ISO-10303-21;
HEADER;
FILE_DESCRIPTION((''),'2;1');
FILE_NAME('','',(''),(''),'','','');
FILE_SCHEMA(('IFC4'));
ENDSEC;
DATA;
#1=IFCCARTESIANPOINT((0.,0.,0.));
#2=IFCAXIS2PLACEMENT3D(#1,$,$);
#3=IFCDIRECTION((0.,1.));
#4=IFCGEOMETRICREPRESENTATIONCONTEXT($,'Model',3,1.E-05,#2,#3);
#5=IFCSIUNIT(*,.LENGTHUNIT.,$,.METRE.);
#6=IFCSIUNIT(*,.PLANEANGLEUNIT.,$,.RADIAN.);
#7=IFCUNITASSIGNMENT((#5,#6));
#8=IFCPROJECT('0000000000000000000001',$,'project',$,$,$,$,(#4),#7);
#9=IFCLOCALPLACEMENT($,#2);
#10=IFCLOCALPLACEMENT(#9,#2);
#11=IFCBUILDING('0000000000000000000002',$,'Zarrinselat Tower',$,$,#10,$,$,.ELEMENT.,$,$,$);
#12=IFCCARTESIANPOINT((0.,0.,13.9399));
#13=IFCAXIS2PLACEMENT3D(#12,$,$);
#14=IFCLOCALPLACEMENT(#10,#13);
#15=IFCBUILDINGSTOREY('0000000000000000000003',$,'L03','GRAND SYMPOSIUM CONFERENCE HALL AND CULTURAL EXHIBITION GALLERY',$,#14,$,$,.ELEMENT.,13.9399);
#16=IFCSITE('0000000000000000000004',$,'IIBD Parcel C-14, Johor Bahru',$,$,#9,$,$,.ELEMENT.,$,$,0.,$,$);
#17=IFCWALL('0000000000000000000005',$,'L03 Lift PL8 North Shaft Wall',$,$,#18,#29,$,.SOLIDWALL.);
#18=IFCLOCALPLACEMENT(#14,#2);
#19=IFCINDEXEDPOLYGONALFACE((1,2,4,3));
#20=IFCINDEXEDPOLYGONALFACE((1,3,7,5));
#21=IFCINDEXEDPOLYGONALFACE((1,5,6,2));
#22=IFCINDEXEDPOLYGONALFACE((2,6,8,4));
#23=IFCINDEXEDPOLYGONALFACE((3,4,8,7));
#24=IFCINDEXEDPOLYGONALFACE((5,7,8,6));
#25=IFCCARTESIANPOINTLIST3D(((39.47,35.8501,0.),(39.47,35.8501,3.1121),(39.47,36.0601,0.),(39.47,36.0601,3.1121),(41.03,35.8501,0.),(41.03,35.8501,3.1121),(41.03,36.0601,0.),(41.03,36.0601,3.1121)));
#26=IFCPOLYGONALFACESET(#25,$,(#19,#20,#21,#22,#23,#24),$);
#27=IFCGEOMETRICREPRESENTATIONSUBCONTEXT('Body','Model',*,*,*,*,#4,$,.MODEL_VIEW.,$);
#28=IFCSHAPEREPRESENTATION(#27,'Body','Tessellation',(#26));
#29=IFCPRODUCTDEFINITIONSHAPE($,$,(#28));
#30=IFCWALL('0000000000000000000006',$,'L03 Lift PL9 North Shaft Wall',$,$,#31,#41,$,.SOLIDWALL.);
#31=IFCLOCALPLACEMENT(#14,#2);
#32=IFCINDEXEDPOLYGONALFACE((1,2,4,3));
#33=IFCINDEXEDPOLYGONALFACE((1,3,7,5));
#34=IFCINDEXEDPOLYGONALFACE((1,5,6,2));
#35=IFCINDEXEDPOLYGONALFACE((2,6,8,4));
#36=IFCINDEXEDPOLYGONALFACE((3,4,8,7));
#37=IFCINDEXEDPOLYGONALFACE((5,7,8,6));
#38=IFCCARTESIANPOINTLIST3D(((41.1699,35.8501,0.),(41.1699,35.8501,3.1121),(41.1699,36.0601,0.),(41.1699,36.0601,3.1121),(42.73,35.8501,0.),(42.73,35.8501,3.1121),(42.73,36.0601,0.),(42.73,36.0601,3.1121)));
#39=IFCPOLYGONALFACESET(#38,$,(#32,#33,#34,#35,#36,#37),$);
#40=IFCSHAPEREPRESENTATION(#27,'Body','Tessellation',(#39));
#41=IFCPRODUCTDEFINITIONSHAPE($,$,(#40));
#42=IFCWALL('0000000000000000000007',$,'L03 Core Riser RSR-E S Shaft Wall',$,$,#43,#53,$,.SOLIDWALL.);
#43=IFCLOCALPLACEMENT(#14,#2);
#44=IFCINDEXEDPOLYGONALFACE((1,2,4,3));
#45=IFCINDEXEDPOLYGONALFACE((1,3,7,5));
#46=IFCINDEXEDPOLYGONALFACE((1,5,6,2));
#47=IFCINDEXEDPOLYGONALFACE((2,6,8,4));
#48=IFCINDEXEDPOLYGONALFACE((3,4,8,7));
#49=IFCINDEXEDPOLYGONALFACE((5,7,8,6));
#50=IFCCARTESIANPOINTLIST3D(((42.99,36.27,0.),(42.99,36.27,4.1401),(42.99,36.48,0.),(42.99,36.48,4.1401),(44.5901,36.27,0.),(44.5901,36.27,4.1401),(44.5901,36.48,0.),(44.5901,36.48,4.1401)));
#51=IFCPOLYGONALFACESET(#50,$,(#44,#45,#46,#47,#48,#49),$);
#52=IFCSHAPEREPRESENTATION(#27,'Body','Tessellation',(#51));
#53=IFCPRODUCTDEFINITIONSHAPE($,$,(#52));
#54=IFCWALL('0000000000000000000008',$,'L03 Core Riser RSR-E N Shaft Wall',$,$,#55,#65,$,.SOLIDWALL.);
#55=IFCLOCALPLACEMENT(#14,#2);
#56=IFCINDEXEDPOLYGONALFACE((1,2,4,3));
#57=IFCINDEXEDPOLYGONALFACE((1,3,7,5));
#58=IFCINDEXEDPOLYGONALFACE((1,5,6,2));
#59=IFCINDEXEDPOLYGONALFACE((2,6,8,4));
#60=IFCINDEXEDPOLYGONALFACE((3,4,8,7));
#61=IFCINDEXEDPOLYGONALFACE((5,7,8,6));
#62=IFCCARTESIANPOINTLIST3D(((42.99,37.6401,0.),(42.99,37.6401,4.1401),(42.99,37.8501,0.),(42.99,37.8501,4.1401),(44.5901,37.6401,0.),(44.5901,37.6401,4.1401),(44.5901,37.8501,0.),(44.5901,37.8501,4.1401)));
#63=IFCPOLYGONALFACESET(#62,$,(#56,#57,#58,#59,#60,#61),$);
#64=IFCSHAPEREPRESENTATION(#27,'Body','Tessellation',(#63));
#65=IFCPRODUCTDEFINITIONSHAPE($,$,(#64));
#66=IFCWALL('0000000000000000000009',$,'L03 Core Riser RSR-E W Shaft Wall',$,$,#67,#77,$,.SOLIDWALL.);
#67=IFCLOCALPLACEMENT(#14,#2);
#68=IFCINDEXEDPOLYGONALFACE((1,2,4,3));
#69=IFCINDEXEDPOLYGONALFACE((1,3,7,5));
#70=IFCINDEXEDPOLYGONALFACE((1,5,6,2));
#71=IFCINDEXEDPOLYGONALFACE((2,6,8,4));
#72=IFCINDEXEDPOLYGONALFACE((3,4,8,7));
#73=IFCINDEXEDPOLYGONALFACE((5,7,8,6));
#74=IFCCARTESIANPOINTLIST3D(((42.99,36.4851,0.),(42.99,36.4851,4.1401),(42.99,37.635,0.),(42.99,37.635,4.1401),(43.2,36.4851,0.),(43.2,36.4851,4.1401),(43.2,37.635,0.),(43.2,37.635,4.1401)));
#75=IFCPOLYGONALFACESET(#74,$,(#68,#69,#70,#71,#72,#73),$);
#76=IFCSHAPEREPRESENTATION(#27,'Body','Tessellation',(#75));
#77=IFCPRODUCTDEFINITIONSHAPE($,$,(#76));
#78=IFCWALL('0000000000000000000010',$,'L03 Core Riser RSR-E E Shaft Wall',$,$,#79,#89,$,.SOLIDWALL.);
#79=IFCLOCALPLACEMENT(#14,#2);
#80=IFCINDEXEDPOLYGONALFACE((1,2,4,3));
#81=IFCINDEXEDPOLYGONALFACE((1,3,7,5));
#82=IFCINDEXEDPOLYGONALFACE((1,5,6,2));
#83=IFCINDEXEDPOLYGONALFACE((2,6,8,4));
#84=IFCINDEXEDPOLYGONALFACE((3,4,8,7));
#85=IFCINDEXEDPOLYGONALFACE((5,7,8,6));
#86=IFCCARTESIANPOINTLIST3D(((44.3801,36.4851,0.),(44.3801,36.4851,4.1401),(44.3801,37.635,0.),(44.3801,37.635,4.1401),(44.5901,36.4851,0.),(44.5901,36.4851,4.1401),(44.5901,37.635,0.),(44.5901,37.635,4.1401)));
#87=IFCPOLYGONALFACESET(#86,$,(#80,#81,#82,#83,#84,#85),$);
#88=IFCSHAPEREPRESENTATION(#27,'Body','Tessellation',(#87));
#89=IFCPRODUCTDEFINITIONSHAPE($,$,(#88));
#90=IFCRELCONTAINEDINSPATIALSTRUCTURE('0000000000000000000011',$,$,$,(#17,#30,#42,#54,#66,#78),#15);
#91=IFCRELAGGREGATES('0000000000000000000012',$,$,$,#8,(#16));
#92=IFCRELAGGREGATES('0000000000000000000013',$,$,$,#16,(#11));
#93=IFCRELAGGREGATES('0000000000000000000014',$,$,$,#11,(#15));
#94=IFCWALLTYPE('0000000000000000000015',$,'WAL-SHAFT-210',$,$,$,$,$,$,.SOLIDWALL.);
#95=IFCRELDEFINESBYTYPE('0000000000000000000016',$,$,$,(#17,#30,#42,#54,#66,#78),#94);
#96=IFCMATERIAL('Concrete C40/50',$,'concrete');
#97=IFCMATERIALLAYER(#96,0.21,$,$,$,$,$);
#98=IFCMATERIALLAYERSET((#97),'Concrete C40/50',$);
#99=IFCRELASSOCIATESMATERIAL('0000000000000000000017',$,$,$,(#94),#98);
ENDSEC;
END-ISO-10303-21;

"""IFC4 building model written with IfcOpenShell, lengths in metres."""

from ifc_helpers import new_model, si_unit, direction, frame, frame_2d, origin, place, context, subcontext, project, spatial, rectangle, extrude, material, layer, layer_set, type_object, element, save


model = new_model("IFC4")

# Units and contexts
model_context = context("Model", 3, precision=1e-05, world=origin(), true_north=direction((0.0, 1.0)))
body_context = subcontext(model_context, "Body", "Model", "MODEL_VIEW")
ifc_project = project(units=[si_unit("LENGTHUNIT", "METRE"), si_unit("PLANEANGLEUNIT", "RADIAN")], contexts=[model_context])

# Site, building, storey
site_placement = place(None, origin())
site = spatial("IfcSite", under=ifc_project, at=site_placement, Name="IIBD Parcel C-14, Johor Bahru", CompositionType="ELEMENT", RefElevation=0.0)
building_placement = place(site_placement, origin())
building = spatial("IfcBuilding", under=site, at=building_placement, Name="Zarrinselat Tower", CompositionType="ELEMENT")
storey_placement = place(building_placement, frame((0.0, 0.0, 13.9399)))
storey = spatial("IfcBuildingStorey", under=building, at=storey_placement, Name="L03", Description="GRAND SYMPOSIUM CONFERENCE HALL AND CULTURAL EXHIBITION GALLERY", CompositionType="ELEMENT", Elevation=13.9399)

# Walls
ifc_material_1 = material(Name="Concrete C40/50", Category="concrete")
ifc_layer_1 = layer(ifc_material_1, 0.21)
ifc_layer_set_1 = layer_set([ifc_layer_1], Name="Concrete C40/50")
wall_type_1 = type_object("IfcWallType", Name="WAL-SHAFT-210", PredefinedType="SOLIDWALL", material=ifc_layer_set_1)
for number, where, z_axis, x_axis, name in (
    (1, (39.47, 35.9551, 0.0), (0.0, 0.0, 1.0), (1.0, 0.0, 0.0), "L03 Lift PL8 North Shaft Wall"),
    (2, (41.1699, 35.9551, 0.0), (0.0, 0.0, 1.0), (1.0, 0.0, 0.0), "L03 Lift PL9 North Shaft Wall"),
):
    element("IfcWall", number, at=place(storey_placement, frame(where, z_axis=z_axis, x_axis=x_axis)), inside=storey, type_object=wall_type_1, Name=name, PredefinedType="SOLIDWALL", context=body_context, shape_type="SweptSolid", body=[
        extrude(rectangle(XDim=1.5601, YDim=0.21, at=frame_2d((0.78, 0.0))), origin(), (0.0, 0.0, 1.0), 3.1121),
    ])
for number, where, z_axis, x_axis, name in (
    (3, (42.99, 36.375, 0.0), (0.0, 0.0, 1.0), (1.0, 0.0, 0.0), "L03 Core Riser RSR-E S Shaft Wall"),
    (4, (42.99, 37.7451, 0.0), (0.0, 0.0, 1.0), (1.0, 0.0, 0.0), "L03 Core Riser RSR-E N Shaft Wall"),
):
    element("IfcWall", number, at=place(storey_placement, frame(where, z_axis=z_axis, x_axis=x_axis)), inside=storey, type_object=wall_type_1, Name=name, PredefinedType="SOLIDWALL", context=body_context, shape_type="SweptSolid", body=[
        extrude(rectangle(XDim=1.6001, YDim=0.21, at=frame_2d((0.8, 0.0))), origin(), (0.0, 0.0, 1.0), 4.1401),
    ])
for number, where, z_axis, x_axis, name in (
    (5, (43.095, 36.4851, 0.0), (0.0, 0.0, 1.0), (0.0, 1.0, 0.0), "L03 Core Riser RSR-E W Shaft Wall"),
    (6, (44.4851, 36.4851, 0.0), (0.0, 0.0, 1.0), (0.0, 1.0, 0.0), "L03 Core Riser RSR-E E Shaft Wall"),
):
    element("IfcWall", number, at=place(storey_placement, frame(where, z_axis=z_axis, x_axis=x_axis)), inside=storey, type_object=wall_type_1, Name=name, PredefinedType="SOLIDWALL", context=body_context, shape_type="SweptSolid", body=[
        extrude(rectangle(XDim=1.1499, YDim=0.21, at=frame_2d((0.575, 0.0))), origin(), (0.0, 0.0, 1.0), 4.1401),
    ])

save(model, "model.ifc")
